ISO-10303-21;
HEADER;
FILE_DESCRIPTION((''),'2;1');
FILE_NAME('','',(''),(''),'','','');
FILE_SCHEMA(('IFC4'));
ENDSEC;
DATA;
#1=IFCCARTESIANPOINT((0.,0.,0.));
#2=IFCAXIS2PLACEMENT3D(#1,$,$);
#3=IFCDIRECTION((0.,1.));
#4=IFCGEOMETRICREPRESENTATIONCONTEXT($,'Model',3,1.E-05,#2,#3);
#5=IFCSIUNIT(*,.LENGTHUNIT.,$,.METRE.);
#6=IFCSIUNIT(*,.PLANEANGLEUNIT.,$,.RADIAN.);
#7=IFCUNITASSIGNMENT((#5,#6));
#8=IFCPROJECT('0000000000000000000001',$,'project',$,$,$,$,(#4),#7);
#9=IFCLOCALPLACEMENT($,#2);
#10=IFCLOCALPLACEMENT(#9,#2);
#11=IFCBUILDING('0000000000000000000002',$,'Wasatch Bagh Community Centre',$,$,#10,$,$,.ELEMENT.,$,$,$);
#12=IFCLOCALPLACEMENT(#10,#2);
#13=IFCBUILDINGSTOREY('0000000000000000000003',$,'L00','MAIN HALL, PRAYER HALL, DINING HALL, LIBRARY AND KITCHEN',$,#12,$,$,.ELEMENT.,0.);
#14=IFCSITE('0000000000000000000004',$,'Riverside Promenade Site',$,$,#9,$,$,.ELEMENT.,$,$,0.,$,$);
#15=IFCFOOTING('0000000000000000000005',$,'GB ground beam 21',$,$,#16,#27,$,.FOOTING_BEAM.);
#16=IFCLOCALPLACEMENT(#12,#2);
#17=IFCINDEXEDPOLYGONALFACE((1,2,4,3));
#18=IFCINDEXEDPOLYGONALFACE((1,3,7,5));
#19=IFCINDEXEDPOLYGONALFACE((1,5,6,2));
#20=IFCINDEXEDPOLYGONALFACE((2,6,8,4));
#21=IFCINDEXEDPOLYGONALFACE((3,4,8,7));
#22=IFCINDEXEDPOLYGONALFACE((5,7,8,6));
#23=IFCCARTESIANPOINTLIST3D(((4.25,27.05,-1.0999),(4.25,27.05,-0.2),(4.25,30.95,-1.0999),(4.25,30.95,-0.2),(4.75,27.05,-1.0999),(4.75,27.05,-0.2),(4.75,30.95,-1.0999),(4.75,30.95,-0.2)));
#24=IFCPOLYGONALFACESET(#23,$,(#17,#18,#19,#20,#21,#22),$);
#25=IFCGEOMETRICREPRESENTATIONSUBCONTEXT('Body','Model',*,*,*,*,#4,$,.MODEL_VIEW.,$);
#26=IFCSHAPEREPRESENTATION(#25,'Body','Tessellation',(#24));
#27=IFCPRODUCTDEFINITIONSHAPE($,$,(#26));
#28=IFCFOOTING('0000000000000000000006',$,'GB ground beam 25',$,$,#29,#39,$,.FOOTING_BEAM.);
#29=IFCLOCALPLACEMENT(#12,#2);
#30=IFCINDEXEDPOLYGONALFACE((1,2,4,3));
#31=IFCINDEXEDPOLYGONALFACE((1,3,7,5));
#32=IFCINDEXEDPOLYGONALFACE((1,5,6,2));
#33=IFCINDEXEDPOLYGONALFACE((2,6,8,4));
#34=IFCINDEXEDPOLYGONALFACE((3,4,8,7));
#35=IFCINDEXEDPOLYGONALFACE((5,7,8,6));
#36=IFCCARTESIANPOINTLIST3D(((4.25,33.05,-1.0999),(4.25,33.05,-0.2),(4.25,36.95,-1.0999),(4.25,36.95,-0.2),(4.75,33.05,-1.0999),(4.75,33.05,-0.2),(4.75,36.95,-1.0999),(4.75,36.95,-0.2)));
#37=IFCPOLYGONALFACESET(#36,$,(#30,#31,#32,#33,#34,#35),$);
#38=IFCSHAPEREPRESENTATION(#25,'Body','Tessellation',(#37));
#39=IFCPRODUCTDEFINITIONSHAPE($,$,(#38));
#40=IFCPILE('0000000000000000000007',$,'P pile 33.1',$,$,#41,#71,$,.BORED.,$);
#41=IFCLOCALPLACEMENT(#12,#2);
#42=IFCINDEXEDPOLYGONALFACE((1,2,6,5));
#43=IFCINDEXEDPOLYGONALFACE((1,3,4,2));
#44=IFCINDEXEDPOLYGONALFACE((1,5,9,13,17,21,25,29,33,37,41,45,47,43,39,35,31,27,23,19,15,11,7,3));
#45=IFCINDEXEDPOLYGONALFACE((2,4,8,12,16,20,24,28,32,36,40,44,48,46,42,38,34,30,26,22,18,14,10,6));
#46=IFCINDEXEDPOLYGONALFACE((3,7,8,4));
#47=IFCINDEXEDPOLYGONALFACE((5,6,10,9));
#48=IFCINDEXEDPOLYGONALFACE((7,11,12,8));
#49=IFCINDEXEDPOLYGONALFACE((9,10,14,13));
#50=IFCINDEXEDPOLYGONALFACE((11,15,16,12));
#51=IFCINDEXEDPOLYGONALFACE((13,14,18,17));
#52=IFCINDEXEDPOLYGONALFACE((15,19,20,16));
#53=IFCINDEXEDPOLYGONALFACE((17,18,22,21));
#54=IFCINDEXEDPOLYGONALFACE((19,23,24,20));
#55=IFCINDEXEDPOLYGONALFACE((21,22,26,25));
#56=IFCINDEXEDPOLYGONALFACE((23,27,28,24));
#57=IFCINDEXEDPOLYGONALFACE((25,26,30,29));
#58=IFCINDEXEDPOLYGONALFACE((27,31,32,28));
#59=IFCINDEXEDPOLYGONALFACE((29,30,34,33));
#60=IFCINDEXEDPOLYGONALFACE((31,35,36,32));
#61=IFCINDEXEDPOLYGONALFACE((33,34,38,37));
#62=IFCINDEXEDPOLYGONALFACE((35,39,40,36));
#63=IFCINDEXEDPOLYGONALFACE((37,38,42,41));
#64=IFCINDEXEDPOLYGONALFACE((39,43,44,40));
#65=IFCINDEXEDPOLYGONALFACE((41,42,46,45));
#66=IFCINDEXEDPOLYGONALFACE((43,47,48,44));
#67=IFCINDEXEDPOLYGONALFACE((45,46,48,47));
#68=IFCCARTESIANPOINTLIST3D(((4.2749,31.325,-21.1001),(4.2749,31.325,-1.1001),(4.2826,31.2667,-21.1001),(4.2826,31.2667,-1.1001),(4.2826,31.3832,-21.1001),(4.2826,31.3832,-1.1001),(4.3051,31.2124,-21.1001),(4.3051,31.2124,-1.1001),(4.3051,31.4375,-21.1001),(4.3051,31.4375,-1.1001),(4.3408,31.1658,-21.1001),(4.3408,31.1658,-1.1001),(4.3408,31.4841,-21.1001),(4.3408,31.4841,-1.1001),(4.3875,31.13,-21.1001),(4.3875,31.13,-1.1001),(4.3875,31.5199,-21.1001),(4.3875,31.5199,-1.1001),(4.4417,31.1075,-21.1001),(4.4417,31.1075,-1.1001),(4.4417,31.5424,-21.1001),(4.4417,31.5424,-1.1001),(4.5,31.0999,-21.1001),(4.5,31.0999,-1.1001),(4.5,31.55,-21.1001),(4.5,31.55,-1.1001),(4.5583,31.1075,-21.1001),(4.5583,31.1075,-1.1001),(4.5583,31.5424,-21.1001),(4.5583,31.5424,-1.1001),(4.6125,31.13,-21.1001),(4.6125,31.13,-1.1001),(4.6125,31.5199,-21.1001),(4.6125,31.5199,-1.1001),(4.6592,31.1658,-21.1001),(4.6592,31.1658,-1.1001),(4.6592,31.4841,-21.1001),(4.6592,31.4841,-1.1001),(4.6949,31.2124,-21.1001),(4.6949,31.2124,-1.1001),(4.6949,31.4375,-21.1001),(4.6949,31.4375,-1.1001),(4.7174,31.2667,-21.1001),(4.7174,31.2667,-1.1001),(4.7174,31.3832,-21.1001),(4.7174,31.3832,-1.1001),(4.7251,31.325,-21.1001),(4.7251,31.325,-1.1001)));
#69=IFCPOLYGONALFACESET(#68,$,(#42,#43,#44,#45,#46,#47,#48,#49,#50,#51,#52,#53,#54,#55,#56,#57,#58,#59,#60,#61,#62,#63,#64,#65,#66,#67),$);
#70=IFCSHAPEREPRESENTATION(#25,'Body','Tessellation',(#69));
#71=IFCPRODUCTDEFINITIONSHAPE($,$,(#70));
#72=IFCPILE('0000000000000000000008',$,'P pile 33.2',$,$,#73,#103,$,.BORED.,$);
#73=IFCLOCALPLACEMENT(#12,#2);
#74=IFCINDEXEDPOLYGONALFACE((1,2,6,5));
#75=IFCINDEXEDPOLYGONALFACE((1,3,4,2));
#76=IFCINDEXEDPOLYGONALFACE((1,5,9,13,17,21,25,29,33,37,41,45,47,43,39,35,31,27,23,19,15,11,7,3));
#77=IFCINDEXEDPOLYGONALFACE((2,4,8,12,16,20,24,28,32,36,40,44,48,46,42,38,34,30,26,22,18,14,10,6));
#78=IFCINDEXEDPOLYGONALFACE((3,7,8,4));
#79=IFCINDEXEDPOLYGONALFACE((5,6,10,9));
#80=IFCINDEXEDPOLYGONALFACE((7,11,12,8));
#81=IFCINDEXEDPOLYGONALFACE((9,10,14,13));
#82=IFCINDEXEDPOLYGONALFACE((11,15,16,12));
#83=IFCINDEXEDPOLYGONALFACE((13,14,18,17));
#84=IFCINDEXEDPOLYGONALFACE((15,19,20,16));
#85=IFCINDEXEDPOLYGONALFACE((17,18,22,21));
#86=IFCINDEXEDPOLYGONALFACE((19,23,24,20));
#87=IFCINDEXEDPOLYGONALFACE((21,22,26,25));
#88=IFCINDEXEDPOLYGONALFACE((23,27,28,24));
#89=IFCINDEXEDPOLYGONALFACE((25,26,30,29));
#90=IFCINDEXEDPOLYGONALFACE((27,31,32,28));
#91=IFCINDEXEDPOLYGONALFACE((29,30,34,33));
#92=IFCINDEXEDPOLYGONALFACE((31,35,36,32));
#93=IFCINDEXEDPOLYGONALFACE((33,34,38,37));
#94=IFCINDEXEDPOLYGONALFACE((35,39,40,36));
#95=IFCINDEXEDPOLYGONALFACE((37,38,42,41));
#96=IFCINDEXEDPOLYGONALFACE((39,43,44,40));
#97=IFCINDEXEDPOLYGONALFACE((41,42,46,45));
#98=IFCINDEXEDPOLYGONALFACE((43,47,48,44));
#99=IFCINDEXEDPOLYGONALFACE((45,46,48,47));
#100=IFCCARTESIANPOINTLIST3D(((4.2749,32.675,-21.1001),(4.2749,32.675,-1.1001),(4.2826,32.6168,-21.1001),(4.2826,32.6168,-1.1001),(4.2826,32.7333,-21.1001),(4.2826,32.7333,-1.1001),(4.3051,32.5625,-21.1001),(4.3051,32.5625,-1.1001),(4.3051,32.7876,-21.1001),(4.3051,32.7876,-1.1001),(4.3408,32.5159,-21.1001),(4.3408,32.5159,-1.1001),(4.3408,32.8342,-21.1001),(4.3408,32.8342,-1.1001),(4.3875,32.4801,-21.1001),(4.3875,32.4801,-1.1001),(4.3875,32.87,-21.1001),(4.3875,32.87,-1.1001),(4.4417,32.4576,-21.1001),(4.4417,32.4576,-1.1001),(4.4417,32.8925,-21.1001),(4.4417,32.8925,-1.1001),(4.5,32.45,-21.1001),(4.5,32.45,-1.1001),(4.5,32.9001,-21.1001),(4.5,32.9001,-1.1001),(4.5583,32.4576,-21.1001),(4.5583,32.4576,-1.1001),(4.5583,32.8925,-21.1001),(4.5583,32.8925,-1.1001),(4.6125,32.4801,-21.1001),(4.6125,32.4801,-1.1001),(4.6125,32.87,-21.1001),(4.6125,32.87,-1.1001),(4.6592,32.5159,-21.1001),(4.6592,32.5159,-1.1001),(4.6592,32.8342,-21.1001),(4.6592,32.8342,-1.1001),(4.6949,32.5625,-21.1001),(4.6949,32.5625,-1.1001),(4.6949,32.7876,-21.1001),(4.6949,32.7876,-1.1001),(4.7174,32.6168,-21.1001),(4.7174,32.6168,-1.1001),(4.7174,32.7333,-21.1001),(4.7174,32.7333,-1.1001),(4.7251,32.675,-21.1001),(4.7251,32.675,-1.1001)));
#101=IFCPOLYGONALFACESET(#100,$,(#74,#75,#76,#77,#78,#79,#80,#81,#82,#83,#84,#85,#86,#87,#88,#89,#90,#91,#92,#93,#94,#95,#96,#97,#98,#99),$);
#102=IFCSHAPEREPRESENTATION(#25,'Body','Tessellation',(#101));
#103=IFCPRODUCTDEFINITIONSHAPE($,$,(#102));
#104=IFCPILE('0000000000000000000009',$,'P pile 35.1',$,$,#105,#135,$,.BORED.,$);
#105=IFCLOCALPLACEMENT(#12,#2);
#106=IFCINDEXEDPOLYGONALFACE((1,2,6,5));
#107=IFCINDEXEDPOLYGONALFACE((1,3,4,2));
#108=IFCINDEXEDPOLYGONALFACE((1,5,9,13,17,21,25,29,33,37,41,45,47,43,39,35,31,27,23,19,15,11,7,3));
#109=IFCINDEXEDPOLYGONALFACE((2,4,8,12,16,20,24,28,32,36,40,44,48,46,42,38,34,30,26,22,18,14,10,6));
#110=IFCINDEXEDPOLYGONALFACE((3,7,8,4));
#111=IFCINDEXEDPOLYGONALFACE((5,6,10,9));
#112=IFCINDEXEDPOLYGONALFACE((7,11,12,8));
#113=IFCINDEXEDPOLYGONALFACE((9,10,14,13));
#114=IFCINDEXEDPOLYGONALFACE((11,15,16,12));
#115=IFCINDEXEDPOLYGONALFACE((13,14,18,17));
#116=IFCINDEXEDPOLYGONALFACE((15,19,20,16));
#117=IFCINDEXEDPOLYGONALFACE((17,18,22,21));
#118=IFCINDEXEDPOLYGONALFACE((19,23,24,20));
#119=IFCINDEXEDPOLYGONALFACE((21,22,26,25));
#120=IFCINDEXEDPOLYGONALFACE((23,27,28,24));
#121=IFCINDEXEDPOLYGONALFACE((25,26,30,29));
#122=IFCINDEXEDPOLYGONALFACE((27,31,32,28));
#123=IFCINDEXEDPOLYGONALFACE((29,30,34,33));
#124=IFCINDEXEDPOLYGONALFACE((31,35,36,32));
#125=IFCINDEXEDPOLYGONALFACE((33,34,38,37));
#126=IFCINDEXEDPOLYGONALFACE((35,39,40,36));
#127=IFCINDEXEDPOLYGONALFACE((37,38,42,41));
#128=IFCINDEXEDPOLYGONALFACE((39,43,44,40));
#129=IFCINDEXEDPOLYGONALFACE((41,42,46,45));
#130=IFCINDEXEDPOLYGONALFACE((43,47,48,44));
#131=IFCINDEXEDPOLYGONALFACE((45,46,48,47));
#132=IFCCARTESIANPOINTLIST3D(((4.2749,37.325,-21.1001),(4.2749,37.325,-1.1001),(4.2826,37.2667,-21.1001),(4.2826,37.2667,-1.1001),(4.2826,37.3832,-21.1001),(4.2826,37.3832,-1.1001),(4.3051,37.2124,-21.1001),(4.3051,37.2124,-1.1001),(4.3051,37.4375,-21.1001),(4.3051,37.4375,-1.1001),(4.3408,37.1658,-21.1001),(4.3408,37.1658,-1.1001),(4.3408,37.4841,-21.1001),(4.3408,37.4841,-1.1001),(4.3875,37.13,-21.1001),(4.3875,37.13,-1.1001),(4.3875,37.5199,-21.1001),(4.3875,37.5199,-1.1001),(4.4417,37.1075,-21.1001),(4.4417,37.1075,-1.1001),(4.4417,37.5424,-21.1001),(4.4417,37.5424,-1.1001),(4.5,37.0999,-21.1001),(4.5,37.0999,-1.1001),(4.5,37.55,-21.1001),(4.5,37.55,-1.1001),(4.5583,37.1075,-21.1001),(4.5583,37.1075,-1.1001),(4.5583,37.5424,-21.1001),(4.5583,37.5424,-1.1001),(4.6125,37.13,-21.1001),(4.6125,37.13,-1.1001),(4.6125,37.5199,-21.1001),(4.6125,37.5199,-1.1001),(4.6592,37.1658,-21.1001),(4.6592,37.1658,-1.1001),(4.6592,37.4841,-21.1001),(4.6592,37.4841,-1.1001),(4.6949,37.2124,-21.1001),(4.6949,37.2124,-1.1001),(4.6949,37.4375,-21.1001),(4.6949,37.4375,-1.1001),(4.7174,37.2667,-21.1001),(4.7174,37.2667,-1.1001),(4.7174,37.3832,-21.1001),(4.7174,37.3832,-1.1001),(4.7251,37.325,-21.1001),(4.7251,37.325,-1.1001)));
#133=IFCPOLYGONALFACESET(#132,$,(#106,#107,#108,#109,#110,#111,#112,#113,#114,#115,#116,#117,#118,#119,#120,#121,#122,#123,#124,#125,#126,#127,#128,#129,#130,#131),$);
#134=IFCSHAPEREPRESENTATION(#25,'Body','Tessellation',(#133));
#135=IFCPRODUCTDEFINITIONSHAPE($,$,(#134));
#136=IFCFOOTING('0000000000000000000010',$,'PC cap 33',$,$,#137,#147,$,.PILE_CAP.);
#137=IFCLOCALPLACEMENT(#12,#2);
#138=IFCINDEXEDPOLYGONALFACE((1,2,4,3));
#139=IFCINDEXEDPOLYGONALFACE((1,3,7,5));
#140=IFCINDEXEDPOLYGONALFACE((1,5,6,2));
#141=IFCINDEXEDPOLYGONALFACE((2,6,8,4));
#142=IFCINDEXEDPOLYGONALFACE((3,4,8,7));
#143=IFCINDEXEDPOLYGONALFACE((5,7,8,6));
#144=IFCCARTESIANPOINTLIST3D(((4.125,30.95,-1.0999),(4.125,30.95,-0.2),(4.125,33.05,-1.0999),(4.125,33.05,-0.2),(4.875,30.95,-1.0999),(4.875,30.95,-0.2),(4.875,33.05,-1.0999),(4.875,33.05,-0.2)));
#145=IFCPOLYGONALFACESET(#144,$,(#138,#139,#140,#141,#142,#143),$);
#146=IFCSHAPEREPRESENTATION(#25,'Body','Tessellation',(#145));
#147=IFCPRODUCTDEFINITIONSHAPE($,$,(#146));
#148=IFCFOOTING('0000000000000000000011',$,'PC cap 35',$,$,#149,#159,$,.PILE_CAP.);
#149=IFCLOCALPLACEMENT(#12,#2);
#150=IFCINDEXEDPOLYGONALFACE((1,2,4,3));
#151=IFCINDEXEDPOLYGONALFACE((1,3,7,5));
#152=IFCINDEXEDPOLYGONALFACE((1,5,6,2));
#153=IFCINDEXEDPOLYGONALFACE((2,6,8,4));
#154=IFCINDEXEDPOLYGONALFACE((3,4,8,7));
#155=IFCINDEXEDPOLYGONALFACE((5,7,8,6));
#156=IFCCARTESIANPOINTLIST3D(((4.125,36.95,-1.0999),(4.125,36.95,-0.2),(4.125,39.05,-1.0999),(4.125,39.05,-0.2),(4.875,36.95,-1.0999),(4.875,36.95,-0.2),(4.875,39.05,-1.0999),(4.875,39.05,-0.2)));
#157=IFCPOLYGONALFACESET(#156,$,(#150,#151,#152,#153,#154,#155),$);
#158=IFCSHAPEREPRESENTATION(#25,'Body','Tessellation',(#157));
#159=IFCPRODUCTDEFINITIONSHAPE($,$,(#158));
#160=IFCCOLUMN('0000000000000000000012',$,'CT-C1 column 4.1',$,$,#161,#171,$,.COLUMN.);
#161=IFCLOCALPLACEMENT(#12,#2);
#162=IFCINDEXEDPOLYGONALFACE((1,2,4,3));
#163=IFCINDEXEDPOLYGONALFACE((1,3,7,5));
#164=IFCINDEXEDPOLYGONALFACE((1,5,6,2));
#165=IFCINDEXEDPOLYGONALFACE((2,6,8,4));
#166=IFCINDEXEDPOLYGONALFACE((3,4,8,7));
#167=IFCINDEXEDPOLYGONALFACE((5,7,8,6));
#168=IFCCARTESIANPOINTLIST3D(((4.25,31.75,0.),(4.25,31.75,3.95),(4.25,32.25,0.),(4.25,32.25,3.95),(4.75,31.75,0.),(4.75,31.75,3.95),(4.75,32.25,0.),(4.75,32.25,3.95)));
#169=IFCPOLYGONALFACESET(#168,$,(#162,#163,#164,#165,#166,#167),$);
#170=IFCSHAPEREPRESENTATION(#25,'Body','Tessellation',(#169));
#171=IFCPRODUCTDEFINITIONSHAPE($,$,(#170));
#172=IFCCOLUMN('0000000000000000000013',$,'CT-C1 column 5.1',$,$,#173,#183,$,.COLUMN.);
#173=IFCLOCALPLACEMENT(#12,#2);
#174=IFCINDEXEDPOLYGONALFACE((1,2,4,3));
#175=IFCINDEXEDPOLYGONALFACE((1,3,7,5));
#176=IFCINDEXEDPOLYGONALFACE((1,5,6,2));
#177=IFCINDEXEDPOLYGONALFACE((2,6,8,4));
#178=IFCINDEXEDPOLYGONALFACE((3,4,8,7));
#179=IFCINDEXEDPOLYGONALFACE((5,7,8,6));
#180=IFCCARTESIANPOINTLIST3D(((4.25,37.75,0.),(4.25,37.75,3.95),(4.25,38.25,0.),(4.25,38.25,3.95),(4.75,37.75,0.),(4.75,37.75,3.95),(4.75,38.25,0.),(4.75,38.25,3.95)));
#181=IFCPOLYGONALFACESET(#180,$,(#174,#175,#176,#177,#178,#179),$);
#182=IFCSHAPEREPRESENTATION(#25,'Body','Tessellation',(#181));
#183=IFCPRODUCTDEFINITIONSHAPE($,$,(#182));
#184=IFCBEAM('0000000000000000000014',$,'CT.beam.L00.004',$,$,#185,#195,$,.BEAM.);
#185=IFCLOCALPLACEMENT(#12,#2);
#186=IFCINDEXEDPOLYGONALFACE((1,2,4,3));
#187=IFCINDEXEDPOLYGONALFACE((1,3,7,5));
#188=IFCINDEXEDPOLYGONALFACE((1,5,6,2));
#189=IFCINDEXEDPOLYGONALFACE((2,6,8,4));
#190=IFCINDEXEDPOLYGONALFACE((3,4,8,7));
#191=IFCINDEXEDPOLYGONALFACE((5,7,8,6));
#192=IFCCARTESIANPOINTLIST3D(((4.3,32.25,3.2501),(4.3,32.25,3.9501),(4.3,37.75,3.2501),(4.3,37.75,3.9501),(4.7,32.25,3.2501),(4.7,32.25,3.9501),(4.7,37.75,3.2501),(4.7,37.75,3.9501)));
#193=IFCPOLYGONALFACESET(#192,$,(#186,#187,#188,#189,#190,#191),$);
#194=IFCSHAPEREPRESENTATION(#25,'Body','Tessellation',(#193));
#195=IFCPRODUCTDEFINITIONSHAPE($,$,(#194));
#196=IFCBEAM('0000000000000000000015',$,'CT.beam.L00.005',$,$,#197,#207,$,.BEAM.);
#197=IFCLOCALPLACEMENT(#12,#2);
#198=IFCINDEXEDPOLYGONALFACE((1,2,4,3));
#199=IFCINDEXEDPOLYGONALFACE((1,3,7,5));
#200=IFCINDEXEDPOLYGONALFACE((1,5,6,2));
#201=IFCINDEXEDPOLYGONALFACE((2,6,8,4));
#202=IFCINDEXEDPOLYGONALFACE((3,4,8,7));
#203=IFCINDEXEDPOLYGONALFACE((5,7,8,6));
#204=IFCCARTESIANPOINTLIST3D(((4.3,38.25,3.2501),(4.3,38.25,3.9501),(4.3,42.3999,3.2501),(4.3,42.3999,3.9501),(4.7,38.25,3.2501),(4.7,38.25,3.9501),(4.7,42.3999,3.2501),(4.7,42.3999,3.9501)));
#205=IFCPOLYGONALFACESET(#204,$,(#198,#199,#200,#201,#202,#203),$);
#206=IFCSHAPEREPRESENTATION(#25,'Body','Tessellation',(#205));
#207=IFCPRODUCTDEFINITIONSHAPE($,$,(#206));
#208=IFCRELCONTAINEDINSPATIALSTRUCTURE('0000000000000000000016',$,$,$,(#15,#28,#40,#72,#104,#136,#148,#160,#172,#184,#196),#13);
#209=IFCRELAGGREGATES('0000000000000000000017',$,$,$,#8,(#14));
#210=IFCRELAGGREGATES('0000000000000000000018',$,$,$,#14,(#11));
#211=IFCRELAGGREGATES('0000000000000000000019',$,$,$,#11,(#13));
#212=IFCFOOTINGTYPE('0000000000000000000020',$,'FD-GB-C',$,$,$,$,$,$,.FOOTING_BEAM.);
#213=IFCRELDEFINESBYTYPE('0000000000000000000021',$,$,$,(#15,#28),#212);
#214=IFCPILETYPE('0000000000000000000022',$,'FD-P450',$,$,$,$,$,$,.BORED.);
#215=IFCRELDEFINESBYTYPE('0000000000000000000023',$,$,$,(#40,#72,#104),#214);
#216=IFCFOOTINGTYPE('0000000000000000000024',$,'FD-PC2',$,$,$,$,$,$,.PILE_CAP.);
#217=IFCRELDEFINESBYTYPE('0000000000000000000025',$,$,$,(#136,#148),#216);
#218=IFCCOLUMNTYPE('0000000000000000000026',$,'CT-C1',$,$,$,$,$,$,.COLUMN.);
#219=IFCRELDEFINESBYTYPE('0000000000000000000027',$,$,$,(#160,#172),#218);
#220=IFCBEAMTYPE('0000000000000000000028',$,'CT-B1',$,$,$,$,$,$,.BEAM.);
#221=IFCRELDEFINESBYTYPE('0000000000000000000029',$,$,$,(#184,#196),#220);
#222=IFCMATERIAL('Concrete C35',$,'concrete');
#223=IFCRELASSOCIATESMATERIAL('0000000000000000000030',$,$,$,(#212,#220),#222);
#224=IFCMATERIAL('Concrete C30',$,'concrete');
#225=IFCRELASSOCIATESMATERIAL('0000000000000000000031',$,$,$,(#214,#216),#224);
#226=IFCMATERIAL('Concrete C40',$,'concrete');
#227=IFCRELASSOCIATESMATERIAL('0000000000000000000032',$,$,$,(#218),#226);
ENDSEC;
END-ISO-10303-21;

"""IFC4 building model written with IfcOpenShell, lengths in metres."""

from ifc_helpers import new_model, si_unit, direction, frame, origin, origin_2d, place, context, subcontext, project, spatial, rectangle, circle, extrude, material, material_profile, profile_set, type_object, element, save


model = new_model("IFC4")

# Units and contexts
model_context = context("Model", 3, precision=1e-05, world=origin(), true_north=direction((0.0, 1.0)))
body_context = subcontext(model_context, "Body", "Model", "MODEL_VIEW")
ifc_project = project(units=[si_unit("LENGTHUNIT", "METRE"), si_unit("PLANEANGLEUNIT", "RADIAN")], contexts=[model_context])

# Site, building, storey
site_placement = place(None, origin())
site = spatial("IfcSite", under=ifc_project, at=site_placement, Name="Riverside Promenade Site", CompositionType="ELEMENT", RefElevation=0.0)
building_placement = place(site_placement, origin())
building = spatial("IfcBuilding", under=site, at=building_placement, Name="Wasatch Bagh Community Centre", CompositionType="ELEMENT")
storey_placement = place(building_placement, origin())
storey = spatial("IfcBuildingStorey", under=building, at=storey_placement, Name="L00", Description="MAIN HALL, PRAYER HALL, DINING HALL, LIBRARY AND KITCHEN", CompositionType="ELEMENT", Elevation=0.0)

# Footings
ifc_material_1 = material(Name="Concrete C35", Category="concrete")
footing_type_1 = type_object("IfcFootingType", Name="FD-GB-C", PredefinedType="FOOTING_BEAM", material=ifc_material_1)
for number, where, z_axis, x_axis, name in (
    (1, (4.5, 29.0, -1.0999), (0.0, 0.0, 1.0), (0.0, 1.0, 0.0), "GB ground beam 21"),
    (2, (4.5, 35.0, -1.0999), (0.0, 0.0, 1.0), (0.0, 1.0, 0.0), "GB ground beam 25"),
):
    element("IfcFooting", number, at=place(storey_placement, frame(where, z_axis=z_axis, x_axis=x_axis)), inside=storey, type_object=footing_type_1, Name=name, PredefinedType="FOOTING_BEAM", context=body_context, shape_type="SweptSolid", body=[
        extrude(rectangle(XDim=3.8999, YDim=0.5, at=origin_2d()), origin(), (0.0, 0.0, 1.0), 0.8999),
    ])

# Piles
ifc_material_2 = material(Name="Concrete C30", Category="concrete")
ifc_material_profile_1 = material_profile(ifc_material_2, circle(Radius=0.2251, at=origin_2d()), Name="RC D450")
ifc_profile_set_1 = profile_set([ifc_material_profile_1], Name="Concrete C30")
pile_type = type_object("IfcPileType", Name="FD-P450", PredefinedType="BORED", material=ifc_profile_set_1)
for number, where, z_axis, x_axis, name in (
    (3, (4.5, 31.325, -1.1001), (0.0, 0.0, -1.0), (1.0, 0.0, 0.0), "P pile 33.1"),
    (4, (4.5, 32.675, -1.1001), (0.0, 0.0, -1.0), (1.0, 0.0, 0.0), "P pile 33.2"),
    (5, (4.5, 37.325, -1.1001), (0.0, 0.0, -1.0), (1.0, 0.0, 0.0), "P pile 35.1"),
):
    element("IfcPile", number, at=place(storey_placement, frame(where, z_axis=z_axis, x_axis=x_axis)), inside=storey, type_object=pile_type, Name=name, PredefinedType="BORED", context=body_context, shape_type="SweptSolid", body=[
        extrude(circle(Radius=0.2251, at=origin_2d()), origin(), (0.0, 0.0, 1.0), 20.0),
    ])

# Footings
footing_type_2 = type_object("IfcFootingType", Name="FD-PC2", PredefinedType="PILE_CAP", material=ifc_material_2)
for number, where, z_axis, x_axis, name in (
    (6, (4.5, 32.0, -1.0999), (0.0, 0.0, 1.0), (0.0, 1.0, 0.0), "PC cap 33"),
    (7, (4.5, 38.0, -1.0999), (0.0, 0.0, 1.0), (0.0, 1.0, 0.0), "PC cap 35"),
):
    element("IfcFooting", number, at=place(storey_placement, frame(where, z_axis=z_axis, x_axis=x_axis)), inside=storey, type_object=footing_type_2, Name=name, PredefinedType="PILE_CAP", context=body_context, shape_type="SweptSolid", body=[
        extrude(rectangle(XDim=2.1001, YDim=0.75, at=origin_2d()), origin(), (0.0, 0.0, 1.0), 0.8999),
    ])

# Columns
ifc_material_3 = material(Name="Concrete C40", Category="concrete")
ifc_material_profile_2 = material_profile(ifc_material_3, rectangle(XDim=0.5, YDim=0.5, at=origin_2d()), Name="RC 500x500")
ifc_profile_set_2 = profile_set([ifc_material_profile_2], Name="Concrete C40")
column_type = type_object("IfcColumnType", Name="CT-C1", PredefinedType="COLUMN", material=ifc_profile_set_2)
for number, where, z_axis, x_axis, name in (
    (8, (4.5, 32.0, 0.0), (0.0, 0.0, 1.0), (1.0, 0.0, 0.0), "CT-C1 column 4.1"),
    (9, (4.5, 38.0, 0.0), (0.0, 0.0, 1.0), (1.0, 0.0, 0.0), "CT-C1 column 5.1"),
):
    element("IfcColumn", number, at=place(storey_placement, frame(where, z_axis=z_axis, x_axis=x_axis)), inside=storey, type_object=column_type, Name=name, PredefinedType="COLUMN", context=body_context, shape_type="SweptSolid", body=[
        extrude(rectangle(XDim=0.5, YDim=0.5, at=origin_2d()), origin(), (0.0, 0.0, 1.0), 3.95),
    ])

# Beams
ifc_material_profile_3 = material_profile(ifc_material_1, rectangle(XDim=0.3999, YDim=0.7, at=origin_2d()), Name="RC 400x700")
ifc_profile_set_3 = profile_set([ifc_material_profile_3], Name="Concrete C35")
beam_type_1 = type_object("IfcBeamType", Name="CT-B1", PredefinedType="BEAM", material=ifc_profile_set_3)
beam_1_placement = place(storey_placement, frame((4.5, 32.25, 3.6001), z_axis=(0.0, 1.0, 0.0), x_axis=(-1.0, 0.0, 0.0)))
element("IfcBeam", 10, at=beam_1_placement, inside=storey, type_object=beam_type_1, Name="CT.beam.L00.004", PredefinedType="BEAM", context=body_context, shape_type="SweptSolid", body=[
    extrude(rectangle(XDim=0.3999, YDim=0.7, at=origin_2d()), origin(), (0.0, 0.0, 1.0), 5.5),
])
beam_2_placement = place(storey_placement, frame((4.5, 38.25, 3.6001), z_axis=(0.0, 1.0, 0.0), x_axis=(-1.0, 0.0, 0.0)))
element("IfcBeam", 11, at=beam_2_placement, inside=storey, type_object=beam_type_1, Name="CT.beam.L00.005", PredefinedType="BEAM", context=body_context, shape_type="SweptSolid", body=[
    extrude(rectangle(XDim=0.3999, YDim=0.7, at=origin_2d()), origin(), (0.0, 0.0, 1.0), 4.1499),
])

save(model, "model.ifc")
